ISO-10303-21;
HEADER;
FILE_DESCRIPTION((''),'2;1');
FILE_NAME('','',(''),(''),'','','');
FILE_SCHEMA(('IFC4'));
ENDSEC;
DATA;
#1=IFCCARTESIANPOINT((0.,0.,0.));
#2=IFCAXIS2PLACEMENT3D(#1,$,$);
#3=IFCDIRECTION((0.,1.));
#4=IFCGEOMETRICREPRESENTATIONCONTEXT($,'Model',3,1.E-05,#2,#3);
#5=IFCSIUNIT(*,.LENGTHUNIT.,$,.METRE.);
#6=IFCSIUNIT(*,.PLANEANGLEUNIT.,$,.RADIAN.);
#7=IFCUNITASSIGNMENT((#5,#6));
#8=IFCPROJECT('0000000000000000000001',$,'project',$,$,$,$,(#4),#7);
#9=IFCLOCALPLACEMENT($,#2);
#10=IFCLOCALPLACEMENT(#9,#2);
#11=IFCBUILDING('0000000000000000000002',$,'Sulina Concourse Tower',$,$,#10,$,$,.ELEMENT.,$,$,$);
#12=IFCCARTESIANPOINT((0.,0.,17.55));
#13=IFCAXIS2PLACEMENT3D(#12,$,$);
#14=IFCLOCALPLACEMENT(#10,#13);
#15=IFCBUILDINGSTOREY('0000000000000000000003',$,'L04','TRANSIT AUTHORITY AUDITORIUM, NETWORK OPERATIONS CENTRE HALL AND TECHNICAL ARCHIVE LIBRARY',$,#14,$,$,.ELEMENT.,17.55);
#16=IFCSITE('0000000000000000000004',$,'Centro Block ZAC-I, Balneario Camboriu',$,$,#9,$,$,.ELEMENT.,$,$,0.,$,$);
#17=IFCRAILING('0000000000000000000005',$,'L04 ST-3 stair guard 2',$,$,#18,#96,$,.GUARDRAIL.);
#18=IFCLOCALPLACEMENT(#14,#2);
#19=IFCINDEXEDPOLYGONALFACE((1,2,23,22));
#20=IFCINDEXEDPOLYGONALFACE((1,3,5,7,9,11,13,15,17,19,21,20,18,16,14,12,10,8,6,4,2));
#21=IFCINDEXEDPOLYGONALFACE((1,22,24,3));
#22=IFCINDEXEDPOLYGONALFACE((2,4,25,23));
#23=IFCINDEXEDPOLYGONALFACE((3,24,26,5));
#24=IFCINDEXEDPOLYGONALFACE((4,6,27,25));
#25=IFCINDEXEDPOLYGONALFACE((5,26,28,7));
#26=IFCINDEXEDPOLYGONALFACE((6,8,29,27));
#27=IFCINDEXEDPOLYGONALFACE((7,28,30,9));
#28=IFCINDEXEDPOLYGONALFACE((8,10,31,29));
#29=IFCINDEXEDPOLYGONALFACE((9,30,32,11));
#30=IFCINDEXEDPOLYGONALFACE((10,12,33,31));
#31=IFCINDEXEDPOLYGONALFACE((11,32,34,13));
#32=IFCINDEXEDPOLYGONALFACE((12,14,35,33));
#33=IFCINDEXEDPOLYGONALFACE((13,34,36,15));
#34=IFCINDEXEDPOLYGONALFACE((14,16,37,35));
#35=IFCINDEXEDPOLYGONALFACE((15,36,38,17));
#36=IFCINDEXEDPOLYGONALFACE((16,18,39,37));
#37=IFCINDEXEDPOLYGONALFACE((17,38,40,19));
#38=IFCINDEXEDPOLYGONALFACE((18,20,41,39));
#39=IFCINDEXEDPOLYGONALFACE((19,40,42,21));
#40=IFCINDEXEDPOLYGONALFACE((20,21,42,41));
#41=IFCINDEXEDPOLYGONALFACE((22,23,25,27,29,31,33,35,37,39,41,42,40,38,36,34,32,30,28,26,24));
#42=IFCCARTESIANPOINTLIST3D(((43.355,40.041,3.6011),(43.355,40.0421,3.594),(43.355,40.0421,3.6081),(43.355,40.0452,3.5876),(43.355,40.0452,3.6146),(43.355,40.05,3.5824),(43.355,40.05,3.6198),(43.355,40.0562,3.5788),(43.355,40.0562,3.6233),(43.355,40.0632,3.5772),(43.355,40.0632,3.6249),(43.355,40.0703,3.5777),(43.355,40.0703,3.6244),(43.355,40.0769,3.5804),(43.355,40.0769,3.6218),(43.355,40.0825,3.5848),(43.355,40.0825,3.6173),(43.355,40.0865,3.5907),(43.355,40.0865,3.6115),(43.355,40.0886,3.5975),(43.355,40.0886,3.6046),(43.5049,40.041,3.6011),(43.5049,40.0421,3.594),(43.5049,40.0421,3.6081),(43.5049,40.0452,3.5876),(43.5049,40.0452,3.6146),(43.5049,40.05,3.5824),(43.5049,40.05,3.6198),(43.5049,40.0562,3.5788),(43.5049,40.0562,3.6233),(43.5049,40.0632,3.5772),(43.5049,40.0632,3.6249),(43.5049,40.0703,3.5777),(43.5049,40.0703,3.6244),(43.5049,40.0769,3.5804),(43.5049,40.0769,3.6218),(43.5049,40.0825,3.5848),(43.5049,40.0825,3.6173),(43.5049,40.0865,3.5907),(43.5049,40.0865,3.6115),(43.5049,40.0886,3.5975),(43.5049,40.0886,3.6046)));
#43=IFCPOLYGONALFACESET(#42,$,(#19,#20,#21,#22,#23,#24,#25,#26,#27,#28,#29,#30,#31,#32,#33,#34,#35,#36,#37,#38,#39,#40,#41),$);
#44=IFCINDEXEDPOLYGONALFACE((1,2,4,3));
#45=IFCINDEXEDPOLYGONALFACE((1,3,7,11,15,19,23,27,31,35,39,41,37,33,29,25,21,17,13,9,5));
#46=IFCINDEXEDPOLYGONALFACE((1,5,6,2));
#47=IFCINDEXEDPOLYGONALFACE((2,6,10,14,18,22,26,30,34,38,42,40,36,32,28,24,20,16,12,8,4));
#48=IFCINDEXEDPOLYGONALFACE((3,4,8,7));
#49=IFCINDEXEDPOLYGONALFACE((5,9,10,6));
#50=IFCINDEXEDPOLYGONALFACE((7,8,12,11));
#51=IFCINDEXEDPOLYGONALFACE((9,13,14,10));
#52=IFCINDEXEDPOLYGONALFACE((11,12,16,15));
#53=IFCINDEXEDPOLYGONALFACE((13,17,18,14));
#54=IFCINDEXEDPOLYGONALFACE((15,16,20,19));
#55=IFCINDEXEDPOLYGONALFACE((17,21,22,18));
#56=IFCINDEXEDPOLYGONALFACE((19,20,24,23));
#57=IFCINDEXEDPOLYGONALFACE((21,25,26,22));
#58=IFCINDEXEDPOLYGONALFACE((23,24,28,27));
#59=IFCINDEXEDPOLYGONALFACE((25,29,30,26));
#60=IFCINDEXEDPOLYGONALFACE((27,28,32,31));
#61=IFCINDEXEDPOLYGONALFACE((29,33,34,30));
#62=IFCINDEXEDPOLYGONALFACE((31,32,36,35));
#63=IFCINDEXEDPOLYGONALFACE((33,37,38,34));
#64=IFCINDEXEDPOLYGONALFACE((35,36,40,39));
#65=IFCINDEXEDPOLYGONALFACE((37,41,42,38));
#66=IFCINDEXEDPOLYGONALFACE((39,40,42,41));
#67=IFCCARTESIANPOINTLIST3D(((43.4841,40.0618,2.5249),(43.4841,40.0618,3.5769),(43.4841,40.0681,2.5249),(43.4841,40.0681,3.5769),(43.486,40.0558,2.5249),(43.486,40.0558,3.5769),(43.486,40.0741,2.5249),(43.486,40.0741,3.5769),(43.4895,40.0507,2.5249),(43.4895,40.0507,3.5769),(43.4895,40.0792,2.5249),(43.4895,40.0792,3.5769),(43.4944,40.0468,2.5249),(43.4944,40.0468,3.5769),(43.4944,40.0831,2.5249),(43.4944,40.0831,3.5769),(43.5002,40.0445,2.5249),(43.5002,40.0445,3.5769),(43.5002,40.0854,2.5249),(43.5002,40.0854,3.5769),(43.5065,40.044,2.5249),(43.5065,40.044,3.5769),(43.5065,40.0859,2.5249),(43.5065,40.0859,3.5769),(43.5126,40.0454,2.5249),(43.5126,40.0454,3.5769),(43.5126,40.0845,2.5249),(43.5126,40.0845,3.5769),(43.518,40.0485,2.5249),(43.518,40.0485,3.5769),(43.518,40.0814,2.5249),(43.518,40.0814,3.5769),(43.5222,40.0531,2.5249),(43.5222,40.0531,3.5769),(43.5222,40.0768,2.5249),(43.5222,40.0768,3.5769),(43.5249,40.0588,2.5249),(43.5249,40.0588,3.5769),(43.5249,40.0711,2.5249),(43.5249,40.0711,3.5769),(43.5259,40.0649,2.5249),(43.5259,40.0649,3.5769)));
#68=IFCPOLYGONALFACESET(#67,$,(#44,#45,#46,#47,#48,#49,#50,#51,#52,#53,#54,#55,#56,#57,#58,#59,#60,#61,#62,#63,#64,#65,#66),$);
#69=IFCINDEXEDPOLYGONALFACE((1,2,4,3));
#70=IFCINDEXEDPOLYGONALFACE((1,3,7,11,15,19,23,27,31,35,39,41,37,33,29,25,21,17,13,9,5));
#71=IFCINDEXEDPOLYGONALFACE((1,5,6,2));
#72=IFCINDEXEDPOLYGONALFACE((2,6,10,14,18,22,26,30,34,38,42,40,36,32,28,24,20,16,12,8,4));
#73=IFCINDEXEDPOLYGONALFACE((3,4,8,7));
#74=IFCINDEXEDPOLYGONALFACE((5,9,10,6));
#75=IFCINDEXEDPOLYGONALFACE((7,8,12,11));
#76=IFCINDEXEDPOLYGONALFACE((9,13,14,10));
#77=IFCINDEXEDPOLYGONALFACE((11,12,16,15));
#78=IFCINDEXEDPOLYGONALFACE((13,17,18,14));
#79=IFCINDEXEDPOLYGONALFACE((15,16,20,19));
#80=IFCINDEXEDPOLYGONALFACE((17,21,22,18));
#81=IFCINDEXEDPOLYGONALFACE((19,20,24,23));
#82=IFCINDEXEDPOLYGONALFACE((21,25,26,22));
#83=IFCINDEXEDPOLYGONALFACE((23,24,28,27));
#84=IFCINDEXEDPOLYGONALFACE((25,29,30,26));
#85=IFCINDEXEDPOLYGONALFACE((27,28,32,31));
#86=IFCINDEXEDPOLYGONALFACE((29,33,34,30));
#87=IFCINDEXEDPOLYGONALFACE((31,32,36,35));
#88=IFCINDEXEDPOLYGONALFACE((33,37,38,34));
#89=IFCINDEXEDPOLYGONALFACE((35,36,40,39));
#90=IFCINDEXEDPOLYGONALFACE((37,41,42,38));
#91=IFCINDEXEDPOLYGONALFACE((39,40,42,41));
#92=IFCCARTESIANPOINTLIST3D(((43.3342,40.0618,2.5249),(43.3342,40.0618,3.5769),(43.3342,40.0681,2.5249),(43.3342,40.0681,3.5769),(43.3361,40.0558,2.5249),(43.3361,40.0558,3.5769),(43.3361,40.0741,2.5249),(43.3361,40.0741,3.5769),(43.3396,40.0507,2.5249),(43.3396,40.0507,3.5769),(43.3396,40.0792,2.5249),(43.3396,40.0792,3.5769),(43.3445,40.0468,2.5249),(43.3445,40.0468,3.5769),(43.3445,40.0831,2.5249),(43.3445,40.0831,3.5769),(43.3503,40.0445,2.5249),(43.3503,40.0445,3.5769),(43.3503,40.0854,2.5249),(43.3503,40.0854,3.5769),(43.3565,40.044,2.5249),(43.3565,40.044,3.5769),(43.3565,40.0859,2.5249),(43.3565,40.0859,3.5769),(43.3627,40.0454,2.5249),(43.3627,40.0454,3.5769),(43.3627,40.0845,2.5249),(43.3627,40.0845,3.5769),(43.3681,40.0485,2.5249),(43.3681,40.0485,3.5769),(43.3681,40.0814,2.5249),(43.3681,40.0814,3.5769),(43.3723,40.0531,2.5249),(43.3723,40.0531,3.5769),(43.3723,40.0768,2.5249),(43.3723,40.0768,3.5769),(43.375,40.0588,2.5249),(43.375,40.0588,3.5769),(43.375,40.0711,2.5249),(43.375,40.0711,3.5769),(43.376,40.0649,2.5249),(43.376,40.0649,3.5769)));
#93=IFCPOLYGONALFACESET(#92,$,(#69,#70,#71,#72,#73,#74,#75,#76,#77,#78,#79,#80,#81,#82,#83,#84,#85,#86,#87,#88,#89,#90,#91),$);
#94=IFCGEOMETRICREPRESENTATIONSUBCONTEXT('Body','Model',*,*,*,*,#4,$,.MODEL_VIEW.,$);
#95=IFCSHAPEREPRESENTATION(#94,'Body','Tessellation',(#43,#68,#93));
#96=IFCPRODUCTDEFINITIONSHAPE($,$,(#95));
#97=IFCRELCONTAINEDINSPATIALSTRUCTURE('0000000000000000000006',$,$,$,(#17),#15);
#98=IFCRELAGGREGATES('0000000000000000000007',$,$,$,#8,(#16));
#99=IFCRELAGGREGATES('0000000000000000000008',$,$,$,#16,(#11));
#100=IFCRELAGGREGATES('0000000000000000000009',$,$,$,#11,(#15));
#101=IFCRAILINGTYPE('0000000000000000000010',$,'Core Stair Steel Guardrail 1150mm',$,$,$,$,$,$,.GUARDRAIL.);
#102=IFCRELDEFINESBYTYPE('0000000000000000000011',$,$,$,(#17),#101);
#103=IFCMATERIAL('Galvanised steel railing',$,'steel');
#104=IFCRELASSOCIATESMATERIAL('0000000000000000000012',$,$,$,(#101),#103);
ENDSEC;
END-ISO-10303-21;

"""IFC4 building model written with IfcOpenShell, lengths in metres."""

from ifc_helpers import new_model, si_unit, direction, frame, origin, origin_2d, place, context, subcontext, project, spatial, circle, extrude, material, type_object, element, save


model = new_model("IFC4")

# Units and contexts
model_context = context("Model", 3, precision=1e-05, world=origin(), true_north=direction((0.0, 1.0)))
body_context = subcontext(model_context, "Body", "Model", "MODEL_VIEW")
ifc_project = project(units=[si_unit("LENGTHUNIT", "METRE"), si_unit("PLANEANGLEUNIT", "RADIAN")], contexts=[model_context])

# Site, building, storey
site_placement = place(None, origin())
site = spatial("IfcSite", under=ifc_project, at=site_placement, Name="Centro Block ZAC-I, Balneario Camboriu", CompositionType="ELEMENT", RefElevation=0.0)
building_placement = place(site_placement, origin())
building = spatial("IfcBuilding", under=site, at=building_placement, Name="Sulina Concourse Tower", CompositionType="ELEMENT")
storey_placement = place(building_placement, frame((0.0, 0.0, 17.55)))
storey = spatial("IfcBuildingStorey", under=building, at=storey_placement, Name="L04", Description="TRANSIT AUTHORITY AUDITORIUM, NETWORK OPERATIONS CENTRE HALL AND TECHNICAL ARCHIVE LIBRARY", CompositionType="ELEMENT", Elevation=17.55)

# Railing
ifc_material_1 = material(Name="Galvanised steel railing", Category="steel")
railing_type_1 = type_object("IfcRailingType", Name="Core Stair Steel Guardrail 1150mm", PredefinedType="GUARDRAIL", material=ifc_material_1)
railing_1_placement = place(storey_placement, frame((43.5049, 40.0649, 2.5249)))
element("IfcRailing", 1, at=railing_1_placement, inside=storey, type_object=railing_type_1, Name="L04 ST-3 stair guard 2", PredefinedType="GUARDRAIL", context=body_context, shape_type="SweptSolid", body=[
    extrude(circle(Radius=0.0239, at=origin_2d()), frame((0.0, 0.0, 1.0762), z_axis=(-1.0, 0.0, 0.0), x_axis=(0.0, -1.0, 0.0)), (0.0, 0.0, 1.0), 0.1499),
    extrude(circle(Radius=0.021, at=origin_2d()), origin(), (0.0, 0.0, 1.0), 1.052),
    extrude(circle(Radius=0.021, at=origin_2d()), frame((-0.1499, 0.0, 0.0)), (0.0, 0.0, 1.0), 1.052),
])

save(model, "model.ifc")
